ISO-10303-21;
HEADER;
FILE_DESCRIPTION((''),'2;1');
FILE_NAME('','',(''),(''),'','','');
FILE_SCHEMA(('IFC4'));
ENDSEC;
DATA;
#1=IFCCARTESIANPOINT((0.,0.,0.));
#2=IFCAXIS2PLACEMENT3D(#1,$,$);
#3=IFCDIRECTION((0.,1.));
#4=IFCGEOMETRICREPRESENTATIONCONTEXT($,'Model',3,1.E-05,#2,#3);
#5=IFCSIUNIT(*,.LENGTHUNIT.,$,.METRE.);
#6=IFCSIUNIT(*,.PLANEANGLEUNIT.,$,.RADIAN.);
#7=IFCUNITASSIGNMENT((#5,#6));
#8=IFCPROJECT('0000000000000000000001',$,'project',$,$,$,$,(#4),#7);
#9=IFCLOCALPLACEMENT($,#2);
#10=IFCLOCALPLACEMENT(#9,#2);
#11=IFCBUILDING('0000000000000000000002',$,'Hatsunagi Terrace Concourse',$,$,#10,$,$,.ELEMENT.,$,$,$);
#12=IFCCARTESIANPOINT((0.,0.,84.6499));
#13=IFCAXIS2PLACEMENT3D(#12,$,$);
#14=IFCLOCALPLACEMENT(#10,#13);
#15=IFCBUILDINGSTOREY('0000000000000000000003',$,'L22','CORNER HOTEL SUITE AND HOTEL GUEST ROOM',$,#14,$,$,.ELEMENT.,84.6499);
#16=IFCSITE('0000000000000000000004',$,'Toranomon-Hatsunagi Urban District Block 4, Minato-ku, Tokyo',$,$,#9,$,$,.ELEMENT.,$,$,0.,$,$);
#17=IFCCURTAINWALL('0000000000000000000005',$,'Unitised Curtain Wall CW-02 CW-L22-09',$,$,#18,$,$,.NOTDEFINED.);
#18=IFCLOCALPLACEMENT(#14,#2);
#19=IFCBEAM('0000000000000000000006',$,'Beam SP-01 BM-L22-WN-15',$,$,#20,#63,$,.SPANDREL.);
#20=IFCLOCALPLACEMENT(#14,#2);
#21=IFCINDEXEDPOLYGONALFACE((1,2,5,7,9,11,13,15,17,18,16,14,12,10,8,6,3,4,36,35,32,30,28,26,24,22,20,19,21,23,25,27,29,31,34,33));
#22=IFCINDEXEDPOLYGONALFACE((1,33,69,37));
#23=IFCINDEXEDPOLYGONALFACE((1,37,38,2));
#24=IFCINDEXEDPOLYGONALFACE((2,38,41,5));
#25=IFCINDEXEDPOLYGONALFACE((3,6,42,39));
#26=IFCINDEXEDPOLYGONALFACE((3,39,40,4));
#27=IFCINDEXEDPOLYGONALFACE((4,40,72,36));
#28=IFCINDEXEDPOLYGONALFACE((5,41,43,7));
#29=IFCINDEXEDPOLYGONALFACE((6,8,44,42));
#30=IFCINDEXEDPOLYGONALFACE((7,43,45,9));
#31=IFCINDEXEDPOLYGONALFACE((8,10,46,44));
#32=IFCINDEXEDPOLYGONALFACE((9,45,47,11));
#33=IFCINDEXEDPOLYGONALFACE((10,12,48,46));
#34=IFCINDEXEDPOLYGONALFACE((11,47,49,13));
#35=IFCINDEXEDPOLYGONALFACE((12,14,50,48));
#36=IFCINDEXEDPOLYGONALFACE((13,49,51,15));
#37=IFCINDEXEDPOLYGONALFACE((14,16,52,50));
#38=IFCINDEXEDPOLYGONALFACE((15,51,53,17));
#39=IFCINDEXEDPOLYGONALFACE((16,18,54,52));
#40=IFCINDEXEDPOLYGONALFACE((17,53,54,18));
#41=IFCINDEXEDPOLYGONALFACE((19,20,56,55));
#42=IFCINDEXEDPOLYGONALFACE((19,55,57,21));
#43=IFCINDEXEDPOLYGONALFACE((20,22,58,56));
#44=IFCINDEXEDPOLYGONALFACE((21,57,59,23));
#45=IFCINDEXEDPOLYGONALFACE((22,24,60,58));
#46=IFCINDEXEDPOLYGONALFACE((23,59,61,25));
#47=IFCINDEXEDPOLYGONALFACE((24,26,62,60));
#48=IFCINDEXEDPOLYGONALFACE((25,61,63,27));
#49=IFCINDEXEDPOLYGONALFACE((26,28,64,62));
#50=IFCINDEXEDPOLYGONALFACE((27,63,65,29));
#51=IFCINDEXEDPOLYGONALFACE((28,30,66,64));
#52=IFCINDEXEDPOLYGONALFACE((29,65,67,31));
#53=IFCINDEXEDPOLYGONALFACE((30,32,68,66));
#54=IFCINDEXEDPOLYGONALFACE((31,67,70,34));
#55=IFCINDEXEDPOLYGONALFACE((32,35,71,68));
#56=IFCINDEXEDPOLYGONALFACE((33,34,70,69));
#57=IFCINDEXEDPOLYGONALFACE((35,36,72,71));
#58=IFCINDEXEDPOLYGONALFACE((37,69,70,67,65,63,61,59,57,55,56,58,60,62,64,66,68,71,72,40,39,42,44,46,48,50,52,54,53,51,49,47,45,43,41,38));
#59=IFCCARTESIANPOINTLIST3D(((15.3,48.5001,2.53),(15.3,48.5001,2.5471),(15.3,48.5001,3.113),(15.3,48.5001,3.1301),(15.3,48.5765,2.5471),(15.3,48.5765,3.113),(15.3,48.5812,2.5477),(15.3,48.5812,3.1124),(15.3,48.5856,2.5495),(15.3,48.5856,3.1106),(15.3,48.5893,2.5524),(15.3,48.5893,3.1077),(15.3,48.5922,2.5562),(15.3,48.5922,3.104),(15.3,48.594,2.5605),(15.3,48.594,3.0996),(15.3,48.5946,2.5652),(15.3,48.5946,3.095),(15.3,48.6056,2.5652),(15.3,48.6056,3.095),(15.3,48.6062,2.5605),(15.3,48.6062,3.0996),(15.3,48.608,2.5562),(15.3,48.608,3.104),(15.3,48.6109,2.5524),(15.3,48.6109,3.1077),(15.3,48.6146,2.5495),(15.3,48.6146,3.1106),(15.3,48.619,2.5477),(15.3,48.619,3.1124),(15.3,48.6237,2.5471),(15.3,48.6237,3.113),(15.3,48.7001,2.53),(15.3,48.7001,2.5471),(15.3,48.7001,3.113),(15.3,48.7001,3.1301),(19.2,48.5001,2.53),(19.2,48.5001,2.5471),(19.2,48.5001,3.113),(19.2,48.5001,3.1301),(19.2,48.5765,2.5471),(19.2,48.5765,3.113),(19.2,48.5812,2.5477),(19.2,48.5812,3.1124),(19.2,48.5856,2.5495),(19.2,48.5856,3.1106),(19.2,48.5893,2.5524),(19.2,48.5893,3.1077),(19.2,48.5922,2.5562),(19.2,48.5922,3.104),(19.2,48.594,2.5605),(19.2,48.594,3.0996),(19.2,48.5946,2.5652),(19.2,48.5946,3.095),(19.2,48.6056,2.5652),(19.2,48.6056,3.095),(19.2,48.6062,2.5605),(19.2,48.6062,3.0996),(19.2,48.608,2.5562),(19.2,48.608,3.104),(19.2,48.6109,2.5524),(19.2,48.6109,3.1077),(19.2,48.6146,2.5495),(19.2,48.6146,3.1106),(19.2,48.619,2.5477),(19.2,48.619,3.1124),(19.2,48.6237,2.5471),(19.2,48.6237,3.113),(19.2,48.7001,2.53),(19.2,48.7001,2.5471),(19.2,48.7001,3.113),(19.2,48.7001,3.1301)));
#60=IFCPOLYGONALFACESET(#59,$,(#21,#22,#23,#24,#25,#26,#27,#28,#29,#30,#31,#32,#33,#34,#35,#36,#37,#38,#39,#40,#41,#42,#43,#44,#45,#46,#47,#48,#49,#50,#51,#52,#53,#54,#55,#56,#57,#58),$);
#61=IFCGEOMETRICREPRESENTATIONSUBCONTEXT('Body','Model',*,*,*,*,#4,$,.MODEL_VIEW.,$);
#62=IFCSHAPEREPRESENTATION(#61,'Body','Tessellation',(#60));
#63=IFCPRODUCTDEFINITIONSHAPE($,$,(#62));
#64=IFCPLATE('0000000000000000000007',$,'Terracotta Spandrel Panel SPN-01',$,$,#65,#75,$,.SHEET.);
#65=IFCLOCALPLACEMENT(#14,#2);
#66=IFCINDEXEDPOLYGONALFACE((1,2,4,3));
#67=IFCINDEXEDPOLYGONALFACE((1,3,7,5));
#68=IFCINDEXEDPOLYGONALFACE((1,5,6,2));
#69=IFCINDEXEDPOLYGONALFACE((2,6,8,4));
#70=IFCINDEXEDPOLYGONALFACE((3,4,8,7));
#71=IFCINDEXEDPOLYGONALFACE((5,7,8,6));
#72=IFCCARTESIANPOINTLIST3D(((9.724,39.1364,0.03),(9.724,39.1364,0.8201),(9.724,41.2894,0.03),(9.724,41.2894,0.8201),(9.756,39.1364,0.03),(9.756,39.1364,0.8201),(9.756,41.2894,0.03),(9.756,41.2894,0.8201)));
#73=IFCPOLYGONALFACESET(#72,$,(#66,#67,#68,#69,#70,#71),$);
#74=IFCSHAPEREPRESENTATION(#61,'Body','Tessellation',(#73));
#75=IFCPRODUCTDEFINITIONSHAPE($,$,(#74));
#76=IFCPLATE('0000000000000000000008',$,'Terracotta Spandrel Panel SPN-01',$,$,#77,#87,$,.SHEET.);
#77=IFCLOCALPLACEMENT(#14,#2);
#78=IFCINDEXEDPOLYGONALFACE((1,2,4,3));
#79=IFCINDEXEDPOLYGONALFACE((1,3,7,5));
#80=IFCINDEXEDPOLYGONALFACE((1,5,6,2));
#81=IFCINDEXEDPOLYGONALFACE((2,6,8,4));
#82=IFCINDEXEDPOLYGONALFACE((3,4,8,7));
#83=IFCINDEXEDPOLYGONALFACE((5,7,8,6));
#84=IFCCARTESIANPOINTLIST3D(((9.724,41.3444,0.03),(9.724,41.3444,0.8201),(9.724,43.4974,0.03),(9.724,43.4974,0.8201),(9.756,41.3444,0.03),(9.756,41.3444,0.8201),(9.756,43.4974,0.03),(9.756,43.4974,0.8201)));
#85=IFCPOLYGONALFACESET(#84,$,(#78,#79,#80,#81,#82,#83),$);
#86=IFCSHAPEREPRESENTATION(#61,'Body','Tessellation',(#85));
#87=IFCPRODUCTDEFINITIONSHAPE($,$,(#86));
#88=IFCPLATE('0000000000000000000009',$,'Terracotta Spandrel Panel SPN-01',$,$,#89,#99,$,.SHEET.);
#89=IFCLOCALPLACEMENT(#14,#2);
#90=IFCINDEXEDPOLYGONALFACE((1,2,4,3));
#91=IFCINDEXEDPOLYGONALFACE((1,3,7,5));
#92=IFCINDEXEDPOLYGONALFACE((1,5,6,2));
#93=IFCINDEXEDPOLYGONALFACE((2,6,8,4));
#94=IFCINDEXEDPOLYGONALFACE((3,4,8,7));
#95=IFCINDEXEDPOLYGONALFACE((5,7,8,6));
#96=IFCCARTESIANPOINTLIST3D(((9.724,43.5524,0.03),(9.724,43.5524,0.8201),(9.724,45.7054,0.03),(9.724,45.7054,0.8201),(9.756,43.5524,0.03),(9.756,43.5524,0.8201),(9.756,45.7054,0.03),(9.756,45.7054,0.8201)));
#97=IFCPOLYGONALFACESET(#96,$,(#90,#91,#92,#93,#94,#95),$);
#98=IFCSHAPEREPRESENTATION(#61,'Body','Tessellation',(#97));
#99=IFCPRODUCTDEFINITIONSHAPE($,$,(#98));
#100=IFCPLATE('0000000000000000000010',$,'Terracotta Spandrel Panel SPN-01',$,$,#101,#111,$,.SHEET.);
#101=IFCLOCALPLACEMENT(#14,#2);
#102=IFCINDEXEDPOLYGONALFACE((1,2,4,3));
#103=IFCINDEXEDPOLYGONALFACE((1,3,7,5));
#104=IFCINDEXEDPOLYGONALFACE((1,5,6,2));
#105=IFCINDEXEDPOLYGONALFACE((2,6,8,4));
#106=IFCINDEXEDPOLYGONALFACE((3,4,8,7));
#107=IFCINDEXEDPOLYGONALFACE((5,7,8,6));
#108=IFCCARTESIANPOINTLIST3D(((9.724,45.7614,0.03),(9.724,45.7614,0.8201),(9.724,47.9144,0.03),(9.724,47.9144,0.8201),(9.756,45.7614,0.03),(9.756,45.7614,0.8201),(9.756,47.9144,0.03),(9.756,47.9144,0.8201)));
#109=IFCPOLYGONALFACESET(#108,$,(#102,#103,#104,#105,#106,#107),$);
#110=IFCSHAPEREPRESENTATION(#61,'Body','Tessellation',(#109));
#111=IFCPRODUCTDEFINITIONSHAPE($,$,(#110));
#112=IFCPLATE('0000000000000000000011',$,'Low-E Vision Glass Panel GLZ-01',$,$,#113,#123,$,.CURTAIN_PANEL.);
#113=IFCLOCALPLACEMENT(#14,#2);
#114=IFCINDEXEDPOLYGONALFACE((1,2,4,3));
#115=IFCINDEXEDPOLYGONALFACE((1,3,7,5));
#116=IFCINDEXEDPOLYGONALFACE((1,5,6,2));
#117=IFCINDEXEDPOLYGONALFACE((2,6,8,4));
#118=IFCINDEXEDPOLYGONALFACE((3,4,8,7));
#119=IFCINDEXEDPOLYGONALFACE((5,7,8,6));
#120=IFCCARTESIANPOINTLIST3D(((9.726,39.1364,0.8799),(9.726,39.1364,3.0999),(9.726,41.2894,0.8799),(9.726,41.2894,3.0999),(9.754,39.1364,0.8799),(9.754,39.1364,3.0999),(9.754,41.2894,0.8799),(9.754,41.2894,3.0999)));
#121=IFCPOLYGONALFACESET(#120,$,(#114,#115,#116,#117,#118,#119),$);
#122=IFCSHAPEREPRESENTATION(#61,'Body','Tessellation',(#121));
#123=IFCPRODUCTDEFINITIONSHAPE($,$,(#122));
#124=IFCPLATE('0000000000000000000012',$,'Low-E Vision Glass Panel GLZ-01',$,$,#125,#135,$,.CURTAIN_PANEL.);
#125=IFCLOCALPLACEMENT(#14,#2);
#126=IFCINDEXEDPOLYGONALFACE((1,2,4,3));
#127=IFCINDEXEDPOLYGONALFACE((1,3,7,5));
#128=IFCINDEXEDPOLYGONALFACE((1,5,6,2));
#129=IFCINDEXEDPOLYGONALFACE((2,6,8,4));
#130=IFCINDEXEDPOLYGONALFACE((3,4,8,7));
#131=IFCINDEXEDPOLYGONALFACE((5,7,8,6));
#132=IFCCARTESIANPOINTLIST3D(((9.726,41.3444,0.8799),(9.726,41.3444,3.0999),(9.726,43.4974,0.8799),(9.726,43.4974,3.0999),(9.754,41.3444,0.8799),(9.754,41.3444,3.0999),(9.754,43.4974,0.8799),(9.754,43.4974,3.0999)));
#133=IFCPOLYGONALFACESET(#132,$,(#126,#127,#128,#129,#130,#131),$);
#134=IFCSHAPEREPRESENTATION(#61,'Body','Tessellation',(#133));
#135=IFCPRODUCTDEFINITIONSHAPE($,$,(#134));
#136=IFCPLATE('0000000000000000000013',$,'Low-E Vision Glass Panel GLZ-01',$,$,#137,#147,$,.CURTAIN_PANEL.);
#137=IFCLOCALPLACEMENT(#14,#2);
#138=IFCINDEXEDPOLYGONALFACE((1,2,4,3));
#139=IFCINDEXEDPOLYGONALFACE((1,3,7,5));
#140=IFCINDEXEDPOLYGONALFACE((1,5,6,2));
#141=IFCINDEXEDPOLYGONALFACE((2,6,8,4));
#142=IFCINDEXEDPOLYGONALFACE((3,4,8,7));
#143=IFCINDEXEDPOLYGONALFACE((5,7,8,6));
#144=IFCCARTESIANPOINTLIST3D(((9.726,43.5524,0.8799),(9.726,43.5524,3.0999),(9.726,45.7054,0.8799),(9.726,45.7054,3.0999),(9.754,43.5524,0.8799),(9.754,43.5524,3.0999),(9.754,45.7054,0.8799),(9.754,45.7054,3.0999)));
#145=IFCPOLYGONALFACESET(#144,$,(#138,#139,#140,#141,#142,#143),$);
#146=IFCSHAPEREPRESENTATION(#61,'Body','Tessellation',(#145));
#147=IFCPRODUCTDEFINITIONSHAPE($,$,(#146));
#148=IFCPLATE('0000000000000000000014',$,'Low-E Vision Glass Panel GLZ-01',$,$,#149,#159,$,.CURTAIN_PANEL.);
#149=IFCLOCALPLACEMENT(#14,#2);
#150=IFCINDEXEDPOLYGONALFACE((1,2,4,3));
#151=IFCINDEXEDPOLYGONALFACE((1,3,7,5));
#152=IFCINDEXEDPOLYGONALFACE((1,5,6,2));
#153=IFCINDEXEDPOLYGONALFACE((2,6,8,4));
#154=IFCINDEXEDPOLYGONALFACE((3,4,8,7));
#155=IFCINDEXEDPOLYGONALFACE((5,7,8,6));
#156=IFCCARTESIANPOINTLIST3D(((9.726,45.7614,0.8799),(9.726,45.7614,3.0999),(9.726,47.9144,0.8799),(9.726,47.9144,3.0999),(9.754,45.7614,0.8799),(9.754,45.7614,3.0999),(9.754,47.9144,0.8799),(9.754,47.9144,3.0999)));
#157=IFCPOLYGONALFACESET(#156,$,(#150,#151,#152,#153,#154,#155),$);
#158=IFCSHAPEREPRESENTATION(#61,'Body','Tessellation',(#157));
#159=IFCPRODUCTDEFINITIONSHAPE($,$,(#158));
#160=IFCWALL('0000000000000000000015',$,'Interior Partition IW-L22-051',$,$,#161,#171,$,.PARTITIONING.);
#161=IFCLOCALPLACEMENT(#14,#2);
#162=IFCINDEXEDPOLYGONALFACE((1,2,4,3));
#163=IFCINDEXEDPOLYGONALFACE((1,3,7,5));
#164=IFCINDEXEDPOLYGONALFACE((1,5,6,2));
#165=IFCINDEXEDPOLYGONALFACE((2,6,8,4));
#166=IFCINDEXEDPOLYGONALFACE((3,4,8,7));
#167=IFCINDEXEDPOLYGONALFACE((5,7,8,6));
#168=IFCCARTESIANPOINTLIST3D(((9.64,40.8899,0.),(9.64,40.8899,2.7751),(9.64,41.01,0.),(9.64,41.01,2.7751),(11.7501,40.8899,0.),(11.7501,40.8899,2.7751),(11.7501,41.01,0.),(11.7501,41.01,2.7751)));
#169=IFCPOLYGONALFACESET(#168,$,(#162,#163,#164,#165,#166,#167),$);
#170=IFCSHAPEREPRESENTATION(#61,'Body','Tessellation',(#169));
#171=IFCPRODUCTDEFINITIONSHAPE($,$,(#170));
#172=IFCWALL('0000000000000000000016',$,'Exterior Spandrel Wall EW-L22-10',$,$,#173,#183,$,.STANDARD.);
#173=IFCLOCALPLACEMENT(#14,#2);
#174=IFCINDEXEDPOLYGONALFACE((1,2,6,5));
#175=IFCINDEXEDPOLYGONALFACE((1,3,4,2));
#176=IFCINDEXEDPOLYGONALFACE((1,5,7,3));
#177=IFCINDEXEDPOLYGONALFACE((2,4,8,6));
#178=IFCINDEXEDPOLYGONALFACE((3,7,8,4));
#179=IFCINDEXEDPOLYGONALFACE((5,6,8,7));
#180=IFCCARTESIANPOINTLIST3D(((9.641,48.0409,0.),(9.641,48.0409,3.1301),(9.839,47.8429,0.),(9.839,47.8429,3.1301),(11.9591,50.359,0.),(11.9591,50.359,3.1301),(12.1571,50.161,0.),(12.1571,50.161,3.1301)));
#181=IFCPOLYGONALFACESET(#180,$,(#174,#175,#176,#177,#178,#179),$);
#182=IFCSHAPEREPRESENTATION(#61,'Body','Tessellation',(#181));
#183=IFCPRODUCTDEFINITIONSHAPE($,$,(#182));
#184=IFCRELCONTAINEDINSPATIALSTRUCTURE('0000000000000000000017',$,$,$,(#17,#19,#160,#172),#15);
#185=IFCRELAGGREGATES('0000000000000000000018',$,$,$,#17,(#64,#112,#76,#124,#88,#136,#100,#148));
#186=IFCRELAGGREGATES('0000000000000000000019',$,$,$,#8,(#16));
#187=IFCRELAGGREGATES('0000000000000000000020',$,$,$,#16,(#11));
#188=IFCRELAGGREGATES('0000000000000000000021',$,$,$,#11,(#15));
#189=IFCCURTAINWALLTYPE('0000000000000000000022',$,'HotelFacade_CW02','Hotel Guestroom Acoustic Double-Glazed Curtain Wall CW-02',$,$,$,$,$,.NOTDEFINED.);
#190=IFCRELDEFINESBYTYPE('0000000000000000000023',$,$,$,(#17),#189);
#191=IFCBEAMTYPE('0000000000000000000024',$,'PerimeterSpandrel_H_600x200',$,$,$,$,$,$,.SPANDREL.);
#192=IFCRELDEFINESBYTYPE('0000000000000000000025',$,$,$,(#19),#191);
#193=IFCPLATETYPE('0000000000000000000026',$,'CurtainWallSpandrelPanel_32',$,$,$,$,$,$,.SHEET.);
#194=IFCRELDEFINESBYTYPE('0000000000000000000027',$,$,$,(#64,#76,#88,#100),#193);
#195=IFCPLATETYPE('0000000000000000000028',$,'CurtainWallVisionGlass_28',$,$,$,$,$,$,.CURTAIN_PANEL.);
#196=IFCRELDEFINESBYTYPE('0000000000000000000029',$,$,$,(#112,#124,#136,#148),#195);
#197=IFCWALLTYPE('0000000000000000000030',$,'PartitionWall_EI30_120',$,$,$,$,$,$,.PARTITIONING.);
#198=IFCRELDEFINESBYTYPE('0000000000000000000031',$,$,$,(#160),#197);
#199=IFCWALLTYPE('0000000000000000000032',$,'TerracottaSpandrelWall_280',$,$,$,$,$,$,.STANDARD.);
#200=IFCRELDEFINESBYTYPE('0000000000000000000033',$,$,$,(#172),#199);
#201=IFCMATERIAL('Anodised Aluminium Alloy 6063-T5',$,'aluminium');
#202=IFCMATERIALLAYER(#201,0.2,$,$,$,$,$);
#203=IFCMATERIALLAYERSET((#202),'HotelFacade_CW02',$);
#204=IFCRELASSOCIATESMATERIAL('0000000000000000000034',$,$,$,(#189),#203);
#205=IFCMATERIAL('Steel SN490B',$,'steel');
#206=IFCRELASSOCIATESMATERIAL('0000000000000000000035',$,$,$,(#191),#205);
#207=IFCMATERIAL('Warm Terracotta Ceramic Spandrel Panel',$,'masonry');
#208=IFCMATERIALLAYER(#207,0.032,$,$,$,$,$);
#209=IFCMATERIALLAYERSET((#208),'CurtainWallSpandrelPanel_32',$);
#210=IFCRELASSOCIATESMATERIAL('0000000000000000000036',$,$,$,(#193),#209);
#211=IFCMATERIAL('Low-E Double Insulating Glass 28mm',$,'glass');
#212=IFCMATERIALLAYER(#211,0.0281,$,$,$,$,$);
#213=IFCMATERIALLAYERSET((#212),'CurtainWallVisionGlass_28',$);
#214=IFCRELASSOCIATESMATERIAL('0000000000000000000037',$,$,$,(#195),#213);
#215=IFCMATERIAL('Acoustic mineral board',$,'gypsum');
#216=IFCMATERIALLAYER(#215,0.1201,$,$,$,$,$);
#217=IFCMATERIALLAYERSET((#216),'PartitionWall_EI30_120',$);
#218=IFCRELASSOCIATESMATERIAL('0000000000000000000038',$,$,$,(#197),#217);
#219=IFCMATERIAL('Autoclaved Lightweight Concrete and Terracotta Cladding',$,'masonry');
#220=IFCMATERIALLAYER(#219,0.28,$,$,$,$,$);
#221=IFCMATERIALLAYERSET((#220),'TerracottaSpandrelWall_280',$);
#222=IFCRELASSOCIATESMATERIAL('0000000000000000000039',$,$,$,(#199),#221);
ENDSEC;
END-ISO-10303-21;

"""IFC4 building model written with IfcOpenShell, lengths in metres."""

from ifc_helpers import new_model, si_unit, direction, frame, frame_2d, origin, origin_2d, place, context, subcontext, project, spatial, rectangle, i_section, extrude, material, layer, layer_set, material_profile, profile_set, type_object, element, aggregate, save


model = new_model("IFC4")

# Units and contexts
model_context = context("Model", 3, precision=1e-05, world=origin(), true_north=direction((0.0, 1.0)))
body_context = subcontext(model_context, "Body", "Model", "MODEL_VIEW")
ifc_project = project(units=[si_unit("LENGTHUNIT", "METRE"), si_unit("PLANEANGLEUNIT", "RADIAN")], contexts=[model_context])

# Site, building, storey
site_placement = place(None, origin())
site = spatial("IfcSite", under=ifc_project, at=site_placement, Name="Toranomon-Hatsunagi Urban District Block 4, Minato-ku, Tokyo", CompositionType="ELEMENT", RefElevation=0.0)
building_placement = place(site_placement, origin())
building = spatial("IfcBuilding", under=site, at=building_placement, Name="Hatsunagi Terrace Concourse", CompositionType="ELEMENT")
storey_placement = place(building_placement, frame((0.0, 0.0, 84.6499)))
storey = spatial("IfcBuildingStorey", under=building, at=storey_placement, Name="L22", Description="CORNER HOTEL SUITE AND HOTEL GUEST ROOM", CompositionType="ELEMENT", Elevation=84.6499)

# Curtain wall
ifc_material_1 = material(Name="Anodised Aluminium Alloy 6063-T5", Category="aluminium")
ifc_layer_1 = layer(ifc_material_1, 0.2)
ifc_layer_set_1 = layer_set([ifc_layer_1], Name="HotelFacade_CW02")
curtain_wall_type = type_object("IfcCurtainWallType", Name="HotelFacade_CW02", Description="Hotel Guestroom Acoustic Double-Glazed Curtain Wall CW-02", PredefinedType="NOTDEFINED", material=ifc_layer_set_1)
curtain_wall_placement = place(storey_placement, origin())
curtain_wall = element("IfcCurtainWall", 1, at=curtain_wall_placement, inside=storey, type_object=curtain_wall_type, Name="Unitised Curtain Wall CW-02 CW-L22-09", PredefinedType="NOTDEFINED")

# Beam
ifc_material_2 = material(Name="Steel SN490B", Category="steel")
ifc_material_profile_1 = material_profile(ifc_material_2, i_section(OverallWidth=0.2, OverallDepth=0.6001, WebThickness=0.011, FlangeThickness=0.0171, FilletRadius=0.0181, at=origin_2d()), Name="H-600x200x11x17")
ifc_profile_set_1 = profile_set([ifc_material_profile_1], Name="Steel SN490B")
beam_type_1 = type_object("IfcBeamType", Name="PerimeterSpandrel_H_600x200", PredefinedType="SPANDREL", material=ifc_profile_set_1)
beam_1_placement = place(storey_placement, frame((15.3, 48.6001, 2.8301), z_axis=(1.0, 0.0, 0.0), x_axis=(0.0, 1.0, 0.0)))
element("IfcBeam", 2, at=beam_1_placement, inside=storey, type_object=beam_type_1, Name="Beam SP-01 BM-L22-WN-15", PredefinedType="SPANDREL", context=body_context, shape_type="SweptSolid", body=[
    extrude(i_section(OverallWidth=0.2, OverallDepth=0.6001, WebThickness=0.011, FlangeThickness=0.0171, FilletRadius=0.0181, at=origin_2d()), origin(), (0.0, 0.0, 1.0), 3.8999),
])

# Plates
ifc_material_3 = material(Name="Warm Terracotta Ceramic Spandrel Panel", Category="masonry")
ifc_layer_2 = layer(ifc_material_3, 0.032)
ifc_layer_set_2 = layer_set([ifc_layer_2], Name="CurtainWallSpandrelPanel_32")
plate_type_1 = type_object("IfcPlateType", Name="CurtainWallSpandrelPanel_32", PredefinedType="SHEET", material=ifc_layer_set_2)
plate_1_placement = place(storey_placement, frame((9.74, 40.2129, 0.03), z_axis=(0.0, 0.0, 1.0), x_axis=(0.0, 1.0, 0.0)))
plate_1 = element("IfcPlate", 3, at=plate_1_placement, type_object=plate_type_1, Name="Terracotta Spandrel Panel SPN-01", PredefinedType="SHEET", context=body_context, shape_type="SweptSolid", body=[
    extrude(rectangle(XDim=2.1531, YDim=0.032, at=origin_2d()), origin(), (0.0, 0.0, 1.0), 0.79),
])
plate_2_placement = place(storey_placement, frame((9.74, 42.4209, 0.03), z_axis=(0.0, 0.0, 1.0), x_axis=(0.0, 1.0, 0.0)))
plate_2 = element("IfcPlate", 4, at=plate_2_placement, type_object=plate_type_1, Name="Terracotta Spandrel Panel SPN-01", PredefinedType="SHEET", context=body_context, shape_type="SweptSolid", body=[
    extrude(rectangle(XDim=2.1531, YDim=0.032, at=origin_2d()), origin(), (0.0, 0.0, 1.0), 0.79),
])
plate_3_placement = place(storey_placement, frame((9.74, 44.6289, 0.03), z_axis=(0.0, 0.0, 1.0), x_axis=(0.0, 1.0, 0.0)))
plate_3 = element("IfcPlate", 5, at=plate_3_placement, type_object=plate_type_1, Name="Terracotta Spandrel Panel SPN-01", PredefinedType="SHEET", context=body_context, shape_type="SweptSolid", body=[
    extrude(rectangle(XDim=2.1531, YDim=0.032, at=origin_2d()), origin(), (0.0, 0.0, 1.0), 0.79),
])
plate_4_placement = place(storey_placement, frame((9.74, 46.8379, 0.03), z_axis=(0.0, 0.0, 1.0), x_axis=(0.0, 1.0, 0.0)))
plate_4 = element("IfcPlate", 6, at=plate_4_placement, type_object=plate_type_1, Name="Terracotta Spandrel Panel SPN-01", PredefinedType="SHEET", context=body_context, shape_type="SweptSolid", body=[
    extrude(rectangle(XDim=2.1531, YDim=0.032, at=origin_2d()), origin(), (0.0, 0.0, 1.0), 0.79),
])
ifc_material_4 = material(Name="Low-E Double Insulating Glass 28mm", Category="glass")
ifc_layer_3 = layer(ifc_material_4, 0.0281)
ifc_layer_set_3 = layer_set([ifc_layer_3], Name="CurtainWallVisionGlass_28")
plate_type_2 = type_object("IfcPlateType", Name="CurtainWallVisionGlass_28", PredefinedType="CURTAIN_PANEL", material=ifc_layer_set_3)
plate_5_placement = place(storey_placement, frame((9.74, 40.2129, 0.8799), z_axis=(0.0, 0.0, 1.0), x_axis=(0.0, 1.0, 0.0)))
plate_5 = element("IfcPlate", 7, at=plate_5_placement, type_object=plate_type_2, Name="Low-E Vision Glass Panel GLZ-01", PredefinedType="CURTAIN_PANEL", context=body_context, shape_type="SweptSolid", body=[
    extrude(rectangle(XDim=2.1531, YDim=0.0281, at=origin_2d()), origin(), (0.0, 0.0, 1.0), 2.22),
])
plate_6_placement = place(storey_placement, frame((9.74, 42.4209, 0.8799), z_axis=(0.0, 0.0, 1.0), x_axis=(0.0, 1.0, 0.0)))
plate_6 = element("IfcPlate", 8, at=plate_6_placement, type_object=plate_type_2, Name="Low-E Vision Glass Panel GLZ-01", PredefinedType="CURTAIN_PANEL", context=body_context, shape_type="SweptSolid", body=[
    extrude(rectangle(XDim=2.1531, YDim=0.0281, at=origin_2d()), origin(), (0.0, 0.0, 1.0), 2.22),
])
plate_7_placement = place(storey_placement, frame((9.74, 44.6289, 0.8799), z_axis=(0.0, 0.0, 1.0), x_axis=(0.0, 1.0, 0.0)))
plate_7 = element("IfcPlate", 9, at=plate_7_placement, type_object=plate_type_2, Name="Low-E Vision Glass Panel GLZ-01", PredefinedType="CURTAIN_PANEL", context=body_context, shape_type="SweptSolid", body=[
    extrude(rectangle(XDim=2.1531, YDim=0.0281, at=origin_2d()), origin(), (0.0, 0.0, 1.0), 2.22),
])
plate_8_placement = place(storey_placement, frame((9.74, 46.8379, 0.8799), z_axis=(0.0, 0.0, 1.0), x_axis=(0.0, 1.0, 0.0)))
plate_8 = element("IfcPlate", 10, at=plate_8_placement, type_object=plate_type_2, Name="Low-E Vision Glass Panel GLZ-01", PredefinedType="CURTAIN_PANEL", context=body_context, shape_type="SweptSolid", body=[
    extrude(rectangle(XDim=2.1531, YDim=0.0281, at=origin_2d()), origin(), (0.0, 0.0, 1.0), 2.22),
])
aggregate(curtain_wall, [plate_1, plate_5, plate_2, plate_6, plate_3, plate_7, plate_4, plate_8])

# Walls
ifc_material_5 = material(Name="Acoustic mineral board", Category="gypsum")
ifc_layer_4 = layer(ifc_material_5, 0.1201)
ifc_layer_set_4 = layer_set([ifc_layer_4], Name="PartitionWall_EI30_120")
wall_type_1 = type_object("IfcWallType", Name="PartitionWall_EI30_120", PredefinedType="PARTITIONING", material=ifc_layer_set_4)
wall_1_placement = place(storey_placement, frame((9.6399, 40.95, 0.0), z_axis=(0.0, 0.0, 1.0), x_axis=(1.0, 0.0, 0.0)))
element("IfcWall", 11, at=wall_1_placement, inside=storey, type_object=wall_type_1, Name="Interior Partition IW-L22-051", PredefinedType="PARTITIONING", context=body_context, shape_type="SweptSolid", body=[
    extrude(rectangle(XDim=2.1101, YDim=0.1201, at=frame_2d((1.0552, 0.0))), origin(), (0.0, 0.0, 1.0), 2.7751),
])
ifc_material_6 = material(Name="Autoclaved Lightweight Concrete and Terracotta Cladding", Category="masonry")
ifc_layer_5 = layer(ifc_material_6, 0.28)
ifc_layer_set_5 = layer_set([ifc_layer_5], Name="TerracottaSpandrelWall_280")
wall_type_2 = type_object("IfcWallType", Name="TerracottaSpandrelWall_280", PredefinedType="STANDARD", material=ifc_layer_set_5)
wall_2_placement = place(storey_placement, frame((9.74, 47.9419, 0.0), z_axis=(0.0, 0.0, 1.0), x_axis=(0.707107, 0.707107, 0.0)))
element("IfcWall", 12, at=wall_2_placement, inside=storey, type_object=wall_type_2, Name="Exterior Spandrel Wall EW-L22-10", PredefinedType="STANDARD", context=body_context, shape_type="SweptSolid", body=[
    extrude(rectangle(XDim=3.2783, YDim=0.28, at=frame_2d((1.6392, 0.0))), origin(), (0.0, 0.0, 1.0), 3.1301),
])

save(model, "model.ifc")
